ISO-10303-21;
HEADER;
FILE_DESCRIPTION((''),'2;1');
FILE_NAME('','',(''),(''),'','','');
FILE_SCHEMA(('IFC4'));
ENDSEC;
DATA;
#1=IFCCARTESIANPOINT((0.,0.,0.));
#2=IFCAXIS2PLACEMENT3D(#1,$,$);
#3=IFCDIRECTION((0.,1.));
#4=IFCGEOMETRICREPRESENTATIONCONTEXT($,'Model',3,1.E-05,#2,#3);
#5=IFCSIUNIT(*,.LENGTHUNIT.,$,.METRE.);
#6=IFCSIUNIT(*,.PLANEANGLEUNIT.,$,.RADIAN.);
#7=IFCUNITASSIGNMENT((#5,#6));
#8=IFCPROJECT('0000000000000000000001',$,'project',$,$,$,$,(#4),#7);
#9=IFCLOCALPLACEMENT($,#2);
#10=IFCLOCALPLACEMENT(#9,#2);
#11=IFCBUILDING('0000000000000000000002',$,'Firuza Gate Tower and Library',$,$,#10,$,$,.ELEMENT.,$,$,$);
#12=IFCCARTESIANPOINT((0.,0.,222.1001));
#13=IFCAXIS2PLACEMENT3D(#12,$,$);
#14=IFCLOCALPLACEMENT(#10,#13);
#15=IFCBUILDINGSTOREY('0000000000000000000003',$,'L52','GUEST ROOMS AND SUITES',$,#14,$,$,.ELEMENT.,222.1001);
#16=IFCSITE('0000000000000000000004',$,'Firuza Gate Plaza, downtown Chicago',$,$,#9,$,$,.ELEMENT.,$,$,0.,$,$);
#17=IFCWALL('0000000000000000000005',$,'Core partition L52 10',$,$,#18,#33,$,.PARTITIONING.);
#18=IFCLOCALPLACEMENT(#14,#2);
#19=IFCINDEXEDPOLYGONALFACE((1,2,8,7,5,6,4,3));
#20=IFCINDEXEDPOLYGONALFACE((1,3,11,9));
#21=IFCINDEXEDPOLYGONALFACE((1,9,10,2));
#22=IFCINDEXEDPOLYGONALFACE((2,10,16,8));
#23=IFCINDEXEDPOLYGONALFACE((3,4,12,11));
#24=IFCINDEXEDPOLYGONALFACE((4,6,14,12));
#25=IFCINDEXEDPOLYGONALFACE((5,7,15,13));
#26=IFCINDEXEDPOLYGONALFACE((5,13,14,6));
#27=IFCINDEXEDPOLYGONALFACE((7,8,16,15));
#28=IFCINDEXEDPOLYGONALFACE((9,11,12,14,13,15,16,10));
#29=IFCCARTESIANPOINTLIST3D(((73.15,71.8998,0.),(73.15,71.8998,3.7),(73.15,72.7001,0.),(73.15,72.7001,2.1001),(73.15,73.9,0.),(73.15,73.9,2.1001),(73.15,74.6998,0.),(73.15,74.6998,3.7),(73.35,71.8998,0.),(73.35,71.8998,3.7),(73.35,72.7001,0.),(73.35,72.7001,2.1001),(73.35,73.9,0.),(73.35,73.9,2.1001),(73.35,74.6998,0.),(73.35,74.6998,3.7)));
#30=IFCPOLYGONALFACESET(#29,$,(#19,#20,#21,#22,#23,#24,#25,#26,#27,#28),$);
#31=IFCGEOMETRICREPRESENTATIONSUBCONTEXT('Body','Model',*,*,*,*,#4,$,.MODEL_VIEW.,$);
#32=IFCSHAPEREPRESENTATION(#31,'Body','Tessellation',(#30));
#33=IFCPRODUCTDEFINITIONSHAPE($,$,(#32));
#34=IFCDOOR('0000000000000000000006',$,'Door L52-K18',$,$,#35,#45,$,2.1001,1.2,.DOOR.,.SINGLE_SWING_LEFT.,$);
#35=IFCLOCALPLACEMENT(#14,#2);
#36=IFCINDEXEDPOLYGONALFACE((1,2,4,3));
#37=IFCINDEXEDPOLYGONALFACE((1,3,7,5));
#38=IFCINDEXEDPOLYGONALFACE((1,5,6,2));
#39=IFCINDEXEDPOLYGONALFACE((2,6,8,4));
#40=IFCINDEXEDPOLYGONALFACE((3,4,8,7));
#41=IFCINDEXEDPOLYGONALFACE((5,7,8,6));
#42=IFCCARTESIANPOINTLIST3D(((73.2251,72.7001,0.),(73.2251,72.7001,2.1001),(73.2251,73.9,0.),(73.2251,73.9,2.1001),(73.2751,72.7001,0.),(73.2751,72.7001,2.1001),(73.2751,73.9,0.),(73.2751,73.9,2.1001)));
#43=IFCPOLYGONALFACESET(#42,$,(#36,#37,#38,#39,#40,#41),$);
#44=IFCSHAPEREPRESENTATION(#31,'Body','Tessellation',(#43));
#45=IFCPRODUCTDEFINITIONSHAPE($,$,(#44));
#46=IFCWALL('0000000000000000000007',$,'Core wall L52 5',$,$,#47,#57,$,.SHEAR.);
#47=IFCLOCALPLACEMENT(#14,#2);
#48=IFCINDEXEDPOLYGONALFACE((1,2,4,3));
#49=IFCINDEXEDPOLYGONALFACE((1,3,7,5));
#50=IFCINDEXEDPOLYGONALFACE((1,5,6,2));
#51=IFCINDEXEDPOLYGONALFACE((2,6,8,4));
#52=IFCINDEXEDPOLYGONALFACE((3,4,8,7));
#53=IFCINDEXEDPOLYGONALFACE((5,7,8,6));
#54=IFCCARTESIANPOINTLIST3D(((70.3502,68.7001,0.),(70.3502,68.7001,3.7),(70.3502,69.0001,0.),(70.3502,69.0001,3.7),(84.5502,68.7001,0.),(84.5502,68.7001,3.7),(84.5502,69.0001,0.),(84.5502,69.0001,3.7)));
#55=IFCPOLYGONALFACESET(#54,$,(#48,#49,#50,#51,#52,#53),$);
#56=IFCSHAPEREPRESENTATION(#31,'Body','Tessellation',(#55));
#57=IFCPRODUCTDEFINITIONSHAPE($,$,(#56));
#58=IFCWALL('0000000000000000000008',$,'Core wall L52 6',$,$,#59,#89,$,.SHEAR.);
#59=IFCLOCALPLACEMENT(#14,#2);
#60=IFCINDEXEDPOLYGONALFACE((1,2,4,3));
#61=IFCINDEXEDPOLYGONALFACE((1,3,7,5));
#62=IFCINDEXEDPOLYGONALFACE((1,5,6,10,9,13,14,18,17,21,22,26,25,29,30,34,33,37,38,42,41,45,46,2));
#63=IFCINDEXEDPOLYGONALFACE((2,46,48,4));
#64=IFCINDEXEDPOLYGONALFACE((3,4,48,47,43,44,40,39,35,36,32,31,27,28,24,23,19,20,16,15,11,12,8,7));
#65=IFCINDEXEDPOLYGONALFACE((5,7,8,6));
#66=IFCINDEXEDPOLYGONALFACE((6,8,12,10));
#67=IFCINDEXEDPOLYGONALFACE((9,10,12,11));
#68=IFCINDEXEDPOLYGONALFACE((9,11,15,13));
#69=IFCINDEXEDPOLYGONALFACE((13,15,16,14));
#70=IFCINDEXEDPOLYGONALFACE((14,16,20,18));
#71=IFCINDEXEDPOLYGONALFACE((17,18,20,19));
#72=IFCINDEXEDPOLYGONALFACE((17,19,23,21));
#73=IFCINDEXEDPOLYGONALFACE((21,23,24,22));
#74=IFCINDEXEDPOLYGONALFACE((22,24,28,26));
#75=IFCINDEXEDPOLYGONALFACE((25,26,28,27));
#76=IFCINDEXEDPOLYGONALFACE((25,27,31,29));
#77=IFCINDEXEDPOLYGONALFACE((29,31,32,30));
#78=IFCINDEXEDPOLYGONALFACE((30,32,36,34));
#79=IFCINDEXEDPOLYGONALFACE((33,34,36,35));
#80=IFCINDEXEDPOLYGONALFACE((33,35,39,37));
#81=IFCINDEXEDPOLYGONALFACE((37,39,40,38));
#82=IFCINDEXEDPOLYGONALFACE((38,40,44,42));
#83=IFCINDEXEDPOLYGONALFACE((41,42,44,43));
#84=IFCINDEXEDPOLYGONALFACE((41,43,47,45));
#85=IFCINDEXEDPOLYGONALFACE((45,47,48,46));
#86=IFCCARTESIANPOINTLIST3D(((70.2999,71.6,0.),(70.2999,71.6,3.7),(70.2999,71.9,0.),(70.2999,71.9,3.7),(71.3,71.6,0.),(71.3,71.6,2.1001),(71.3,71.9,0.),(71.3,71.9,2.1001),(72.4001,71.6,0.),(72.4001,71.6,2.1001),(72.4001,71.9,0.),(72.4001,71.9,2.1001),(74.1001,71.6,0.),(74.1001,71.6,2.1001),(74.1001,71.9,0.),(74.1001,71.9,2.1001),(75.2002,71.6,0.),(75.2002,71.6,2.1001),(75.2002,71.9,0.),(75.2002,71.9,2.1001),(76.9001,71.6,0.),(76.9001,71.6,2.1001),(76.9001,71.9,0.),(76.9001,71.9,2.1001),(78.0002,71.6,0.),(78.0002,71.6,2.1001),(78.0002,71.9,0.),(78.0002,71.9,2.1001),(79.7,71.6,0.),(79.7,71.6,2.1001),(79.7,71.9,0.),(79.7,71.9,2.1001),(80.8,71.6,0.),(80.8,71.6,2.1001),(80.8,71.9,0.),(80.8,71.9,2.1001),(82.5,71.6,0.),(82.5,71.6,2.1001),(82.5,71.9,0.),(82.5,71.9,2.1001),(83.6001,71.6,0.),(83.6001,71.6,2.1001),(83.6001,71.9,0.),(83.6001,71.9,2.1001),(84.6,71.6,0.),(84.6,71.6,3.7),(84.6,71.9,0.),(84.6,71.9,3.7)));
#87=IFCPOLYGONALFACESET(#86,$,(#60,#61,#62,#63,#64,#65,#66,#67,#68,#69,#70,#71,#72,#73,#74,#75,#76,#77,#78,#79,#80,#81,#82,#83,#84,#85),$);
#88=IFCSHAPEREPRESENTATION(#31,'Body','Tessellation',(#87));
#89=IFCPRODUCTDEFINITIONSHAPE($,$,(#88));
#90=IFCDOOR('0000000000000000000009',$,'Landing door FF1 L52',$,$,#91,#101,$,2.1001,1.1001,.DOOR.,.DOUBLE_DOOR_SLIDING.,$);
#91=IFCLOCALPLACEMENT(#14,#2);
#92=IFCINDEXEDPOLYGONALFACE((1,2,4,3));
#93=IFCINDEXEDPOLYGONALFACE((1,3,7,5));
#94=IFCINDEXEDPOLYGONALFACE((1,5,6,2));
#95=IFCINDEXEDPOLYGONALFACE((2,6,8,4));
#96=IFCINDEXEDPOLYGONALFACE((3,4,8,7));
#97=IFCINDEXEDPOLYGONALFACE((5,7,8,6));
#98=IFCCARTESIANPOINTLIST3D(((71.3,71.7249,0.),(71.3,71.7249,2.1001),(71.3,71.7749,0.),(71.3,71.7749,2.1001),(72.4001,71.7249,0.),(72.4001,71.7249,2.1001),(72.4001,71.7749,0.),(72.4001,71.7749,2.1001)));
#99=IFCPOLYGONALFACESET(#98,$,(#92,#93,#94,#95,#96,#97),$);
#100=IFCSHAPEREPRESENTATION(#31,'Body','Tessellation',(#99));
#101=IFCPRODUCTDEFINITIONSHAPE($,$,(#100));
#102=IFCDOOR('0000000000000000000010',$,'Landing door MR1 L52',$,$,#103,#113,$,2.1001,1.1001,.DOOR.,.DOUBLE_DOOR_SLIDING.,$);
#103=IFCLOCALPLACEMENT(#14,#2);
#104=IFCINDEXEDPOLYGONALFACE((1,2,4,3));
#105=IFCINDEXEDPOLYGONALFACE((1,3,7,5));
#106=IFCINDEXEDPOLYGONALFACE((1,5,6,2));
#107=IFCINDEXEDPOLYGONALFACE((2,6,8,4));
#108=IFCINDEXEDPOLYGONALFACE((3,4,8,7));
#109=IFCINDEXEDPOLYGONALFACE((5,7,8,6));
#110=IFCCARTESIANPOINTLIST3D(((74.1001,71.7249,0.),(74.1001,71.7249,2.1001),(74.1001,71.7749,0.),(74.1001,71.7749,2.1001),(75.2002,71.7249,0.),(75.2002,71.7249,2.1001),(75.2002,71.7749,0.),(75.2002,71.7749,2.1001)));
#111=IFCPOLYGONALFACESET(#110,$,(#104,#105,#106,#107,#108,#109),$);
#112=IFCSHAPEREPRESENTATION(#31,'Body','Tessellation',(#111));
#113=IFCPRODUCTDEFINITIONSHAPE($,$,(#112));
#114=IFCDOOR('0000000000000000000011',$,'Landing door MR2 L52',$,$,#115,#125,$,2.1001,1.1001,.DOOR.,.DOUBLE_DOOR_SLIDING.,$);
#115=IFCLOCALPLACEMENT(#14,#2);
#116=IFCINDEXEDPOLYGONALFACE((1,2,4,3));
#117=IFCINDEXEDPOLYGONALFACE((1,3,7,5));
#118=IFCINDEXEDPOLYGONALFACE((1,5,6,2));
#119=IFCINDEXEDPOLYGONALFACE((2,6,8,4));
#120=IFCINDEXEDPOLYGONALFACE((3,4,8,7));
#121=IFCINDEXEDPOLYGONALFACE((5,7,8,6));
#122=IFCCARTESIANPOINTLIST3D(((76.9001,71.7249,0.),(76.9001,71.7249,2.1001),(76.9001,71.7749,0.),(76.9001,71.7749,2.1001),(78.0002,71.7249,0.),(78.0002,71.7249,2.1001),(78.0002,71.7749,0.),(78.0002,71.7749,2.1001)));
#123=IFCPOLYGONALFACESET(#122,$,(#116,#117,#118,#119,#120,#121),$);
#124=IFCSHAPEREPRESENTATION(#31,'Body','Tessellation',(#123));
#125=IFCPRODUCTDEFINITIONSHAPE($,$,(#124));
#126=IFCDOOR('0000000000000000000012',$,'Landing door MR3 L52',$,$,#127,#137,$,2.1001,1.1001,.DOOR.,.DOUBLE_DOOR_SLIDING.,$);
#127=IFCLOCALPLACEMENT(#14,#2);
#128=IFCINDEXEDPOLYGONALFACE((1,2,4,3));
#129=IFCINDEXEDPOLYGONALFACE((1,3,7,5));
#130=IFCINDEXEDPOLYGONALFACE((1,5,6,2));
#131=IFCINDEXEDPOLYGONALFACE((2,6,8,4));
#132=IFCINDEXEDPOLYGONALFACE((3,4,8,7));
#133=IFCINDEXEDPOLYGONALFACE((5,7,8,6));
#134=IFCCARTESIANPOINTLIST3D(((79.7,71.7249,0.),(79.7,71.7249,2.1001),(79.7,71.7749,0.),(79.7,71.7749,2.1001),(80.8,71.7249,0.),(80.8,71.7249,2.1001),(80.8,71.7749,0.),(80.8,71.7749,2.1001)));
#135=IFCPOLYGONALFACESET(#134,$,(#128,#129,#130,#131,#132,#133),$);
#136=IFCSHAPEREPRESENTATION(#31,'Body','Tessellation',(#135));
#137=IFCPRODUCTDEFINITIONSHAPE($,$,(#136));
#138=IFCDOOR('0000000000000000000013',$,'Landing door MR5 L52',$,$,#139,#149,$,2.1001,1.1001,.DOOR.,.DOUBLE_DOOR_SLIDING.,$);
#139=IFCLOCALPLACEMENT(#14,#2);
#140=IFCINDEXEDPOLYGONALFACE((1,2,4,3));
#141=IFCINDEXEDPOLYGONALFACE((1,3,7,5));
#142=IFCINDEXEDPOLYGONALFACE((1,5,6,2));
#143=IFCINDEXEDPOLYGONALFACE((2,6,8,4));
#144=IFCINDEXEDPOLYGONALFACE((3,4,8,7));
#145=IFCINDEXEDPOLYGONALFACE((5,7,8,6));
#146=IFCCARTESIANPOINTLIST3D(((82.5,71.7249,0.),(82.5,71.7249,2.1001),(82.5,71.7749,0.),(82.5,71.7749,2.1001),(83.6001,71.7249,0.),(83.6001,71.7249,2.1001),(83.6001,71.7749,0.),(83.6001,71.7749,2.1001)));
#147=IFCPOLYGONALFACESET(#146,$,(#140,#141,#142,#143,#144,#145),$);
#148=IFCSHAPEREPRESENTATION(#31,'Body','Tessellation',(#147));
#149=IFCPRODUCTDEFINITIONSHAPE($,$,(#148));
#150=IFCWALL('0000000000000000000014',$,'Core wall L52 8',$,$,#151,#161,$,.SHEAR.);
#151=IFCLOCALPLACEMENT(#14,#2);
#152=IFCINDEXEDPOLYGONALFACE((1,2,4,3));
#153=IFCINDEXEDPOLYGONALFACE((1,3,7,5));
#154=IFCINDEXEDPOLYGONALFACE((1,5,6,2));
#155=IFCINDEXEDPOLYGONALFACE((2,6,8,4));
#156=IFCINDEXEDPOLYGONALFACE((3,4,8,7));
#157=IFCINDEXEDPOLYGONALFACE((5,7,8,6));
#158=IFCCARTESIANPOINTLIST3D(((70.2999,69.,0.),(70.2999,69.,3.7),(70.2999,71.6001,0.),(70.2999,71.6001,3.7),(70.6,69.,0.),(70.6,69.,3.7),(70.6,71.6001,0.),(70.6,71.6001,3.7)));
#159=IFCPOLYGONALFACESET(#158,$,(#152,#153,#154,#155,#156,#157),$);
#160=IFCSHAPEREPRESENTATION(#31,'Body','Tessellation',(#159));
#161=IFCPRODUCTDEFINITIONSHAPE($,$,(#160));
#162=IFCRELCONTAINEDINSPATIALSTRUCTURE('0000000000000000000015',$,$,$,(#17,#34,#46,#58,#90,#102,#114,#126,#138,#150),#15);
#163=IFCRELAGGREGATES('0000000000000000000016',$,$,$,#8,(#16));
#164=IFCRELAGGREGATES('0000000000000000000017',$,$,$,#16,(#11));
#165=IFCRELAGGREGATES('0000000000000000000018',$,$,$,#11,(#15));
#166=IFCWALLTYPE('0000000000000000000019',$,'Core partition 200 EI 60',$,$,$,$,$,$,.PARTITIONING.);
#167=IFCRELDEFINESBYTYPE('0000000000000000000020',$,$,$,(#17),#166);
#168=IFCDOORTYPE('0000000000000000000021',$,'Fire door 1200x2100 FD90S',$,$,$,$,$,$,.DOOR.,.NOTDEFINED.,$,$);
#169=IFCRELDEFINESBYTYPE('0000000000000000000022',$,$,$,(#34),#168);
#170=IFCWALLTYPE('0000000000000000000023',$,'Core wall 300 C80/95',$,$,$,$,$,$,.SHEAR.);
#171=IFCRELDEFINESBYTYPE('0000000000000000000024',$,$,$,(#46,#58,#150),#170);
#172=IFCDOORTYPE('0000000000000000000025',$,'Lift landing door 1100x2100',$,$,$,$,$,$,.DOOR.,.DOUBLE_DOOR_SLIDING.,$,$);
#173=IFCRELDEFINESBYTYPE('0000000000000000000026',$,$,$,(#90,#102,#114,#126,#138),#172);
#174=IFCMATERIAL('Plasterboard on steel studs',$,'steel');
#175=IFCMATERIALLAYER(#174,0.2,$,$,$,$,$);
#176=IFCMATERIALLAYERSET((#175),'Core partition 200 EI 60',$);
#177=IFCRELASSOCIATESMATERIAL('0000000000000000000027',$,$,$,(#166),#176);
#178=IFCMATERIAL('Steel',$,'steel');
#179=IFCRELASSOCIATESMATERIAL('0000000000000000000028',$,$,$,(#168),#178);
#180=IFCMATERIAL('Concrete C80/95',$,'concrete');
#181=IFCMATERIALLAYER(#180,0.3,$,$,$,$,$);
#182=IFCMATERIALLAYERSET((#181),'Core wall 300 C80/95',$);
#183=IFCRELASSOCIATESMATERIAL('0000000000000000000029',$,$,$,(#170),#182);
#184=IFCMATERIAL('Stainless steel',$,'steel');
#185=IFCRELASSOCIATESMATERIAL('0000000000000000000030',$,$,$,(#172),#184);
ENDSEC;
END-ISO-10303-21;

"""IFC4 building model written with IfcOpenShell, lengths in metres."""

from ifc_helpers import new_model, si_unit, direction, frame, frame_2d, origin, place, context, subcontext, project, spatial, rectangle, extrude, material, layer, layer_set, type_object, element, fill, save


model = new_model("IFC4")

# Units and contexts
model_context = context("Model", 3, precision=1e-05, world=origin(), true_north=direction((0.0, 1.0)))
body_context = subcontext(model_context, "Body", "Model", "MODEL_VIEW")
ifc_project = project(units=[si_unit("LENGTHUNIT", "METRE"), si_unit("PLANEANGLEUNIT", "RADIAN")], contexts=[model_context])

# Site, building, storey
site_placement = place(None, origin())
site = spatial("IfcSite", under=ifc_project, at=site_placement, Name="Firuza Gate Plaza, downtown Chicago", CompositionType="ELEMENT", RefElevation=0.0)
building_placement = place(site_placement, origin())
building = spatial("IfcBuilding", under=site, at=building_placement, Name="Firuza Gate Tower and Library", CompositionType="ELEMENT")
storey_placement = place(building_placement, frame((0.0, 0.0, 222.1001)))
storey = spatial("IfcBuildingStorey", under=building, at=storey_placement, Name="L52", Description="GUEST ROOMS AND SUITES", CompositionType="ELEMENT", Elevation=222.1001)

# Wall, opening, door
ifc_material_1 = material(Name="Plasterboard on steel studs", Category="steel")
ifc_layer_1 = layer(ifc_material_1, 0.2)
ifc_layer_set_1 = layer_set([ifc_layer_1], Name="Core partition 200 EI 60")
wall_type_1 = type_object("IfcWallType", Name="Core partition 200 EI 60", PredefinedType="PARTITIONING", material=ifc_layer_set_1)
ifc_material_2 = material(Name="Steel", Category="steel")
door_type_1 = type_object("IfcDoorType", Name="Fire door 1200x2100 FD90S", OperationType="NOTDEFINED", PredefinedType="DOOR", material=ifc_material_2)
wall_1_placement = place(storey_placement, frame((73.25, 71.8999, 0.0), z_axis=(0.0, 0.0, 1.0), x_axis=(0.0, 1.0, 0.0)))
wall_1 = element("IfcWall", 1, at=wall_1_placement, inside=storey, type_object=wall_type_1, Name="Core partition L52 10", PredefinedType="PARTITIONING", context=body_context, shape_type="SweptSolid", body=[
    extrude(rectangle(XDim=2.8, YDim=0.2, at=frame_2d((1.3999, 0.0))), origin(), (0.0, 0.0, 1.0), 3.7),
])
opening_1_placement = place(wall_1_placement, frame((0.8, 0.0, 0.0)))
opening_1 = element("IfcOpeningElement", 2, at=opening_1_placement, cuts=wall_1, PredefinedType="OPENING", context=body_context, shape_type="SweptSolid", body=[
    extrude(rectangle(XDim=1.2, YDim=2.1001, at=frame_2d((0.6001, 1.05))), frame((0.0, 0.1099, 0.0), z_axis=(0.0, -1.0, 0.0), x_axis=(1.0, 0.0, 0.0)), (0.0, 0.0, 1.0), 0.22),
])
door_1_placement = place(opening_1_placement, origin())
door_1 = element("IfcDoor", 3, at=door_1_placement, inside=storey, type_object=door_type_1, Name="Door L52-K18", OperationType="SINGLE_SWING_LEFT", OverallHeight=2.1001, OverallWidth=1.2, PredefinedType="DOOR", context=body_context, shape_type="SweptSolid", body=[
    extrude(rectangle(XDim=1.2, YDim=2.1001, at=frame_2d((0.6001, 1.05))), frame((0.0, 0.0249, 0.0), z_axis=(0.0, -1.0, 0.0), x_axis=(1.0, 0.0, 0.0)), (0.0, 0.0, 1.0), 0.05),
])
fill(opening_1, door_1)

# Wall
ifc_material_3 = material(Name="Concrete C80/95", Category="concrete")
ifc_layer_2 = layer(ifc_material_3, 0.3)
ifc_layer_set_2 = layer_set([ifc_layer_2], Name="Core wall 300 C80/95")
wall_type_2 = type_object("IfcWallType", Name="Core wall 300 C80/95", PredefinedType="SHEAR", material=ifc_layer_set_2)
wall_2_placement = place(storey_placement, frame((70.3501, 68.8501, 0.0), z_axis=(0.0, 0.0, 1.0), x_axis=(1.0, 0.0, 0.0)))
element("IfcWall", 4, at=wall_2_placement, inside=storey, type_object=wall_type_2, Name="Core wall L52 5", PredefinedType="SHEAR", context=body_context, shape_type="SweptSolid", body=[
    extrude(rectangle(XDim=14.2, YDim=0.3, at=frame_2d((7.1001, 0.0))), origin(), (0.0, 0.0, 1.0), 3.7),
])

# Wall, openings, doors
wall_3_placement = place(storey_placement, frame((70.3, 71.75, 0.0), z_axis=(0.0, 0.0, 1.0), x_axis=(1.0, 0.0, 0.0)))
wall_3 = element("IfcWall", 5, at=wall_3_placement, inside=storey, type_object=wall_type_2, Name="Core wall L52 6", PredefinedType="SHEAR", context=body_context, shape_type="SweptSolid", body=[
    extrude(rectangle(XDim=14.3, YDim=0.3, at=frame_2d((7.1499, 0.0))), origin(), (0.0, 0.0, 1.0), 3.7),
])
opening_2_placement = place(wall_3_placement, frame((1.0, 0.0, 0.0)))
opening_2 = element("IfcOpeningElement", 6, at=opening_2_placement, cuts=wall_3, PredefinedType="OPENING", context=body_context, shape_type="SweptSolid", body=[
    extrude(rectangle(XDim=1.1001, YDim=2.1001, at=frame_2d((0.55, 1.05))), frame((0.0, 0.1602, 0.0), z_axis=(0.0, -1.0, 0.0), x_axis=(1.0, 0.0, 0.0)), (0.0, 0.0, 1.0), 0.3201),
])
opening_3_placement = place(wall_3_placement, frame((3.8, 0.0, 0.0)))
opening_3 = element("IfcOpeningElement", 7, at=opening_3_placement, cuts=wall_3, PredefinedType="OPENING", context=body_context, shape_type="SweptSolid", body=[
    extrude(rectangle(XDim=1.1001, YDim=2.1001, at=frame_2d((0.55, 1.05))), frame((0.0, 0.1602, 0.0), z_axis=(0.0, -1.0, 0.0), x_axis=(1.0, 0.0, 0.0)), (0.0, 0.0, 1.0), 0.3201),
])
opening_4_placement = place(wall_3_placement, frame((6.6001, 0.0, 0.0)))
opening_4 = element("IfcOpeningElement", 8, at=opening_4_placement, cuts=wall_3, PredefinedType="OPENING", context=body_context, shape_type="SweptSolid", body=[
    extrude(rectangle(XDim=1.1001, YDim=2.1001, at=frame_2d((0.55, 1.05))), frame((0.0, 0.1602, 0.0), z_axis=(0.0, -1.0, 0.0), x_axis=(1.0, 0.0, 0.0)), (0.0, 0.0, 1.0), 0.3201),
])
opening_5_placement = place(wall_3_placement, frame((9.3999, 0.0, 0.0)))
opening_5 = element("IfcOpeningElement", 9, at=opening_5_placement, cuts=wall_3, PredefinedType="OPENING", context=body_context, shape_type="SweptSolid", body=[
    extrude(rectangle(XDim=1.1001, YDim=2.1001, at=frame_2d((0.55, 1.05))), frame((0.0, 0.1602, 0.0), z_axis=(0.0, -1.0, 0.0), x_axis=(1.0, 0.0, 0.0)), (0.0, 0.0, 1.0), 0.3201),
])
opening_6_placement = place(wall_3_placement, frame((12.2, 0.0, 0.0)))
opening_6 = element("IfcOpeningElement", 10, at=opening_6_placement, cuts=wall_3, PredefinedType="OPENING", context=body_context, shape_type="SweptSolid", body=[
    extrude(rectangle(XDim=1.1001, YDim=2.1001, at=frame_2d((0.55, 1.05))), frame((0.0, 0.1602, 0.0), z_axis=(0.0, -1.0, 0.0), x_axis=(1.0, 0.0, 0.0)), (0.0, 0.0, 1.0), 0.3201),
])
ifc_material_4 = material(Name="Stainless steel", Category="steel")
door_type_2 = type_object("IfcDoorType", Name="Lift landing door 1100x2100", OperationType="DOUBLE_DOOR_SLIDING", PredefinedType="DOOR", material=ifc_material_4)
door_2_placement = place(opening_2_placement, origin())
door_2 = element("IfcDoor", 11, at=door_2_placement, inside=storey, type_object=door_type_2, Name="Landing door FF1 L52", OperationType="DOUBLE_DOOR_SLIDING", OverallHeight=2.1001, OverallWidth=1.1001, PredefinedType="DOOR", context=body_context, shape_type="SweptSolid", body=[
    extrude(rectangle(XDim=1.1001, YDim=2.1001, at=frame_2d((0.55, 1.05))), frame((0.0, 0.0249, 0.0), z_axis=(0.0, -1.0, 0.0), x_axis=(1.0, 0.0, 0.0)), (0.0, 0.0, 1.0), 0.05),
])
fill(opening_2, door_2)
door_3_placement = place(opening_3_placement, origin())
door_3 = element("IfcDoor", 12, at=door_3_placement, inside=storey, type_object=door_type_2, Name="Landing door MR1 L52", OperationType="DOUBLE_DOOR_SLIDING", OverallHeight=2.1001, OverallWidth=1.1001, PredefinedType="DOOR", context=body_context, shape_type="SweptSolid", body=[
    extrude(rectangle(XDim=1.1001, YDim=2.1001, at=frame_2d((0.55, 1.05))), frame((0.0, 0.0249, 0.0), z_axis=(0.0, -1.0, 0.0), x_axis=(1.0, 0.0, 0.0)), (0.0, 0.0, 1.0), 0.05),
])
fill(opening_3, door_3)
door_4_placement = place(opening_4_placement, origin())
door_4 = element("IfcDoor", 13, at=door_4_placement, inside=storey, type_object=door_type_2, Name="Landing door MR2 L52", OperationType="DOUBLE_DOOR_SLIDING", OverallHeight=2.1001, OverallWidth=1.1001, PredefinedType="DOOR", context=body_context, shape_type="SweptSolid", body=[
    extrude(rectangle(XDim=1.1001, YDim=2.1001, at=frame_2d((0.55, 1.05))), frame((0.0, 0.0249, 0.0), z_axis=(0.0, -1.0, 0.0), x_axis=(1.0, 0.0, 0.0)), (0.0, 0.0, 1.0), 0.05),
])
fill(opening_4, door_4)
door_5_placement = place(opening_5_placement, origin())
door_5 = element("IfcDoor", 14, at=door_5_placement, inside=storey, type_object=door_type_2, Name="Landing door MR3 L52", OperationType="DOUBLE_DOOR_SLIDING", OverallHeight=2.1001, OverallWidth=1.1001, PredefinedType="DOOR", context=body_context, shape_type="SweptSolid", body=[
    extrude(rectangle(XDim=1.1001, YDim=2.1001, at=frame_2d((0.55, 1.05))), frame((0.0, 0.0249, 0.0), z_axis=(0.0, -1.0, 0.0), x_axis=(1.0, 0.0, 0.0)), (0.0, 0.0, 1.0), 0.05),
])
fill(opening_5, door_5)
door_6_placement = place(opening_6_placement, origin())
door_6 = element("IfcDoor", 15, at=door_6_placement, inside=storey, type_object=door_type_2, Name="Landing door MR5 L52", OperationType="DOUBLE_DOOR_SLIDING", OverallHeight=2.1001, OverallWidth=1.1001, PredefinedType="DOOR", context=body_context, shape_type="SweptSolid", body=[
    extrude(rectangle(XDim=1.1001, YDim=2.1001, at=frame_2d((0.55, 1.05))), frame((0.0, 0.0249, 0.0), z_axis=(0.0, -1.0, 0.0), x_axis=(1.0, 0.0, 0.0)), (0.0, 0.0, 1.0), 0.05),
])
fill(opening_6, door_6)

# Wall
for number, where, z_axis, x_axis, name in (
    (16, (70.45, 69.0, 0.0), (0.0, 0.0, 1.0), (0.0, 1.0, 0.0), "Core wall L52 8"),
):
    element("IfcWall", number, at=place(storey_placement, frame(where, z_axis=z_axis, x_axis=x_axis)), inside=storey, type_object=wall_type_2, Name=name, PredefinedType="SHEAR", context=body_context, shape_type="SweptSolid", body=[
        extrude(rectangle(XDim=2.6001, YDim=0.3, at=frame_2d((1.3, 0.0))), origin(), (0.0, 0.0, 1.0), 3.7),
    ])

save(model, "model.ifc")
